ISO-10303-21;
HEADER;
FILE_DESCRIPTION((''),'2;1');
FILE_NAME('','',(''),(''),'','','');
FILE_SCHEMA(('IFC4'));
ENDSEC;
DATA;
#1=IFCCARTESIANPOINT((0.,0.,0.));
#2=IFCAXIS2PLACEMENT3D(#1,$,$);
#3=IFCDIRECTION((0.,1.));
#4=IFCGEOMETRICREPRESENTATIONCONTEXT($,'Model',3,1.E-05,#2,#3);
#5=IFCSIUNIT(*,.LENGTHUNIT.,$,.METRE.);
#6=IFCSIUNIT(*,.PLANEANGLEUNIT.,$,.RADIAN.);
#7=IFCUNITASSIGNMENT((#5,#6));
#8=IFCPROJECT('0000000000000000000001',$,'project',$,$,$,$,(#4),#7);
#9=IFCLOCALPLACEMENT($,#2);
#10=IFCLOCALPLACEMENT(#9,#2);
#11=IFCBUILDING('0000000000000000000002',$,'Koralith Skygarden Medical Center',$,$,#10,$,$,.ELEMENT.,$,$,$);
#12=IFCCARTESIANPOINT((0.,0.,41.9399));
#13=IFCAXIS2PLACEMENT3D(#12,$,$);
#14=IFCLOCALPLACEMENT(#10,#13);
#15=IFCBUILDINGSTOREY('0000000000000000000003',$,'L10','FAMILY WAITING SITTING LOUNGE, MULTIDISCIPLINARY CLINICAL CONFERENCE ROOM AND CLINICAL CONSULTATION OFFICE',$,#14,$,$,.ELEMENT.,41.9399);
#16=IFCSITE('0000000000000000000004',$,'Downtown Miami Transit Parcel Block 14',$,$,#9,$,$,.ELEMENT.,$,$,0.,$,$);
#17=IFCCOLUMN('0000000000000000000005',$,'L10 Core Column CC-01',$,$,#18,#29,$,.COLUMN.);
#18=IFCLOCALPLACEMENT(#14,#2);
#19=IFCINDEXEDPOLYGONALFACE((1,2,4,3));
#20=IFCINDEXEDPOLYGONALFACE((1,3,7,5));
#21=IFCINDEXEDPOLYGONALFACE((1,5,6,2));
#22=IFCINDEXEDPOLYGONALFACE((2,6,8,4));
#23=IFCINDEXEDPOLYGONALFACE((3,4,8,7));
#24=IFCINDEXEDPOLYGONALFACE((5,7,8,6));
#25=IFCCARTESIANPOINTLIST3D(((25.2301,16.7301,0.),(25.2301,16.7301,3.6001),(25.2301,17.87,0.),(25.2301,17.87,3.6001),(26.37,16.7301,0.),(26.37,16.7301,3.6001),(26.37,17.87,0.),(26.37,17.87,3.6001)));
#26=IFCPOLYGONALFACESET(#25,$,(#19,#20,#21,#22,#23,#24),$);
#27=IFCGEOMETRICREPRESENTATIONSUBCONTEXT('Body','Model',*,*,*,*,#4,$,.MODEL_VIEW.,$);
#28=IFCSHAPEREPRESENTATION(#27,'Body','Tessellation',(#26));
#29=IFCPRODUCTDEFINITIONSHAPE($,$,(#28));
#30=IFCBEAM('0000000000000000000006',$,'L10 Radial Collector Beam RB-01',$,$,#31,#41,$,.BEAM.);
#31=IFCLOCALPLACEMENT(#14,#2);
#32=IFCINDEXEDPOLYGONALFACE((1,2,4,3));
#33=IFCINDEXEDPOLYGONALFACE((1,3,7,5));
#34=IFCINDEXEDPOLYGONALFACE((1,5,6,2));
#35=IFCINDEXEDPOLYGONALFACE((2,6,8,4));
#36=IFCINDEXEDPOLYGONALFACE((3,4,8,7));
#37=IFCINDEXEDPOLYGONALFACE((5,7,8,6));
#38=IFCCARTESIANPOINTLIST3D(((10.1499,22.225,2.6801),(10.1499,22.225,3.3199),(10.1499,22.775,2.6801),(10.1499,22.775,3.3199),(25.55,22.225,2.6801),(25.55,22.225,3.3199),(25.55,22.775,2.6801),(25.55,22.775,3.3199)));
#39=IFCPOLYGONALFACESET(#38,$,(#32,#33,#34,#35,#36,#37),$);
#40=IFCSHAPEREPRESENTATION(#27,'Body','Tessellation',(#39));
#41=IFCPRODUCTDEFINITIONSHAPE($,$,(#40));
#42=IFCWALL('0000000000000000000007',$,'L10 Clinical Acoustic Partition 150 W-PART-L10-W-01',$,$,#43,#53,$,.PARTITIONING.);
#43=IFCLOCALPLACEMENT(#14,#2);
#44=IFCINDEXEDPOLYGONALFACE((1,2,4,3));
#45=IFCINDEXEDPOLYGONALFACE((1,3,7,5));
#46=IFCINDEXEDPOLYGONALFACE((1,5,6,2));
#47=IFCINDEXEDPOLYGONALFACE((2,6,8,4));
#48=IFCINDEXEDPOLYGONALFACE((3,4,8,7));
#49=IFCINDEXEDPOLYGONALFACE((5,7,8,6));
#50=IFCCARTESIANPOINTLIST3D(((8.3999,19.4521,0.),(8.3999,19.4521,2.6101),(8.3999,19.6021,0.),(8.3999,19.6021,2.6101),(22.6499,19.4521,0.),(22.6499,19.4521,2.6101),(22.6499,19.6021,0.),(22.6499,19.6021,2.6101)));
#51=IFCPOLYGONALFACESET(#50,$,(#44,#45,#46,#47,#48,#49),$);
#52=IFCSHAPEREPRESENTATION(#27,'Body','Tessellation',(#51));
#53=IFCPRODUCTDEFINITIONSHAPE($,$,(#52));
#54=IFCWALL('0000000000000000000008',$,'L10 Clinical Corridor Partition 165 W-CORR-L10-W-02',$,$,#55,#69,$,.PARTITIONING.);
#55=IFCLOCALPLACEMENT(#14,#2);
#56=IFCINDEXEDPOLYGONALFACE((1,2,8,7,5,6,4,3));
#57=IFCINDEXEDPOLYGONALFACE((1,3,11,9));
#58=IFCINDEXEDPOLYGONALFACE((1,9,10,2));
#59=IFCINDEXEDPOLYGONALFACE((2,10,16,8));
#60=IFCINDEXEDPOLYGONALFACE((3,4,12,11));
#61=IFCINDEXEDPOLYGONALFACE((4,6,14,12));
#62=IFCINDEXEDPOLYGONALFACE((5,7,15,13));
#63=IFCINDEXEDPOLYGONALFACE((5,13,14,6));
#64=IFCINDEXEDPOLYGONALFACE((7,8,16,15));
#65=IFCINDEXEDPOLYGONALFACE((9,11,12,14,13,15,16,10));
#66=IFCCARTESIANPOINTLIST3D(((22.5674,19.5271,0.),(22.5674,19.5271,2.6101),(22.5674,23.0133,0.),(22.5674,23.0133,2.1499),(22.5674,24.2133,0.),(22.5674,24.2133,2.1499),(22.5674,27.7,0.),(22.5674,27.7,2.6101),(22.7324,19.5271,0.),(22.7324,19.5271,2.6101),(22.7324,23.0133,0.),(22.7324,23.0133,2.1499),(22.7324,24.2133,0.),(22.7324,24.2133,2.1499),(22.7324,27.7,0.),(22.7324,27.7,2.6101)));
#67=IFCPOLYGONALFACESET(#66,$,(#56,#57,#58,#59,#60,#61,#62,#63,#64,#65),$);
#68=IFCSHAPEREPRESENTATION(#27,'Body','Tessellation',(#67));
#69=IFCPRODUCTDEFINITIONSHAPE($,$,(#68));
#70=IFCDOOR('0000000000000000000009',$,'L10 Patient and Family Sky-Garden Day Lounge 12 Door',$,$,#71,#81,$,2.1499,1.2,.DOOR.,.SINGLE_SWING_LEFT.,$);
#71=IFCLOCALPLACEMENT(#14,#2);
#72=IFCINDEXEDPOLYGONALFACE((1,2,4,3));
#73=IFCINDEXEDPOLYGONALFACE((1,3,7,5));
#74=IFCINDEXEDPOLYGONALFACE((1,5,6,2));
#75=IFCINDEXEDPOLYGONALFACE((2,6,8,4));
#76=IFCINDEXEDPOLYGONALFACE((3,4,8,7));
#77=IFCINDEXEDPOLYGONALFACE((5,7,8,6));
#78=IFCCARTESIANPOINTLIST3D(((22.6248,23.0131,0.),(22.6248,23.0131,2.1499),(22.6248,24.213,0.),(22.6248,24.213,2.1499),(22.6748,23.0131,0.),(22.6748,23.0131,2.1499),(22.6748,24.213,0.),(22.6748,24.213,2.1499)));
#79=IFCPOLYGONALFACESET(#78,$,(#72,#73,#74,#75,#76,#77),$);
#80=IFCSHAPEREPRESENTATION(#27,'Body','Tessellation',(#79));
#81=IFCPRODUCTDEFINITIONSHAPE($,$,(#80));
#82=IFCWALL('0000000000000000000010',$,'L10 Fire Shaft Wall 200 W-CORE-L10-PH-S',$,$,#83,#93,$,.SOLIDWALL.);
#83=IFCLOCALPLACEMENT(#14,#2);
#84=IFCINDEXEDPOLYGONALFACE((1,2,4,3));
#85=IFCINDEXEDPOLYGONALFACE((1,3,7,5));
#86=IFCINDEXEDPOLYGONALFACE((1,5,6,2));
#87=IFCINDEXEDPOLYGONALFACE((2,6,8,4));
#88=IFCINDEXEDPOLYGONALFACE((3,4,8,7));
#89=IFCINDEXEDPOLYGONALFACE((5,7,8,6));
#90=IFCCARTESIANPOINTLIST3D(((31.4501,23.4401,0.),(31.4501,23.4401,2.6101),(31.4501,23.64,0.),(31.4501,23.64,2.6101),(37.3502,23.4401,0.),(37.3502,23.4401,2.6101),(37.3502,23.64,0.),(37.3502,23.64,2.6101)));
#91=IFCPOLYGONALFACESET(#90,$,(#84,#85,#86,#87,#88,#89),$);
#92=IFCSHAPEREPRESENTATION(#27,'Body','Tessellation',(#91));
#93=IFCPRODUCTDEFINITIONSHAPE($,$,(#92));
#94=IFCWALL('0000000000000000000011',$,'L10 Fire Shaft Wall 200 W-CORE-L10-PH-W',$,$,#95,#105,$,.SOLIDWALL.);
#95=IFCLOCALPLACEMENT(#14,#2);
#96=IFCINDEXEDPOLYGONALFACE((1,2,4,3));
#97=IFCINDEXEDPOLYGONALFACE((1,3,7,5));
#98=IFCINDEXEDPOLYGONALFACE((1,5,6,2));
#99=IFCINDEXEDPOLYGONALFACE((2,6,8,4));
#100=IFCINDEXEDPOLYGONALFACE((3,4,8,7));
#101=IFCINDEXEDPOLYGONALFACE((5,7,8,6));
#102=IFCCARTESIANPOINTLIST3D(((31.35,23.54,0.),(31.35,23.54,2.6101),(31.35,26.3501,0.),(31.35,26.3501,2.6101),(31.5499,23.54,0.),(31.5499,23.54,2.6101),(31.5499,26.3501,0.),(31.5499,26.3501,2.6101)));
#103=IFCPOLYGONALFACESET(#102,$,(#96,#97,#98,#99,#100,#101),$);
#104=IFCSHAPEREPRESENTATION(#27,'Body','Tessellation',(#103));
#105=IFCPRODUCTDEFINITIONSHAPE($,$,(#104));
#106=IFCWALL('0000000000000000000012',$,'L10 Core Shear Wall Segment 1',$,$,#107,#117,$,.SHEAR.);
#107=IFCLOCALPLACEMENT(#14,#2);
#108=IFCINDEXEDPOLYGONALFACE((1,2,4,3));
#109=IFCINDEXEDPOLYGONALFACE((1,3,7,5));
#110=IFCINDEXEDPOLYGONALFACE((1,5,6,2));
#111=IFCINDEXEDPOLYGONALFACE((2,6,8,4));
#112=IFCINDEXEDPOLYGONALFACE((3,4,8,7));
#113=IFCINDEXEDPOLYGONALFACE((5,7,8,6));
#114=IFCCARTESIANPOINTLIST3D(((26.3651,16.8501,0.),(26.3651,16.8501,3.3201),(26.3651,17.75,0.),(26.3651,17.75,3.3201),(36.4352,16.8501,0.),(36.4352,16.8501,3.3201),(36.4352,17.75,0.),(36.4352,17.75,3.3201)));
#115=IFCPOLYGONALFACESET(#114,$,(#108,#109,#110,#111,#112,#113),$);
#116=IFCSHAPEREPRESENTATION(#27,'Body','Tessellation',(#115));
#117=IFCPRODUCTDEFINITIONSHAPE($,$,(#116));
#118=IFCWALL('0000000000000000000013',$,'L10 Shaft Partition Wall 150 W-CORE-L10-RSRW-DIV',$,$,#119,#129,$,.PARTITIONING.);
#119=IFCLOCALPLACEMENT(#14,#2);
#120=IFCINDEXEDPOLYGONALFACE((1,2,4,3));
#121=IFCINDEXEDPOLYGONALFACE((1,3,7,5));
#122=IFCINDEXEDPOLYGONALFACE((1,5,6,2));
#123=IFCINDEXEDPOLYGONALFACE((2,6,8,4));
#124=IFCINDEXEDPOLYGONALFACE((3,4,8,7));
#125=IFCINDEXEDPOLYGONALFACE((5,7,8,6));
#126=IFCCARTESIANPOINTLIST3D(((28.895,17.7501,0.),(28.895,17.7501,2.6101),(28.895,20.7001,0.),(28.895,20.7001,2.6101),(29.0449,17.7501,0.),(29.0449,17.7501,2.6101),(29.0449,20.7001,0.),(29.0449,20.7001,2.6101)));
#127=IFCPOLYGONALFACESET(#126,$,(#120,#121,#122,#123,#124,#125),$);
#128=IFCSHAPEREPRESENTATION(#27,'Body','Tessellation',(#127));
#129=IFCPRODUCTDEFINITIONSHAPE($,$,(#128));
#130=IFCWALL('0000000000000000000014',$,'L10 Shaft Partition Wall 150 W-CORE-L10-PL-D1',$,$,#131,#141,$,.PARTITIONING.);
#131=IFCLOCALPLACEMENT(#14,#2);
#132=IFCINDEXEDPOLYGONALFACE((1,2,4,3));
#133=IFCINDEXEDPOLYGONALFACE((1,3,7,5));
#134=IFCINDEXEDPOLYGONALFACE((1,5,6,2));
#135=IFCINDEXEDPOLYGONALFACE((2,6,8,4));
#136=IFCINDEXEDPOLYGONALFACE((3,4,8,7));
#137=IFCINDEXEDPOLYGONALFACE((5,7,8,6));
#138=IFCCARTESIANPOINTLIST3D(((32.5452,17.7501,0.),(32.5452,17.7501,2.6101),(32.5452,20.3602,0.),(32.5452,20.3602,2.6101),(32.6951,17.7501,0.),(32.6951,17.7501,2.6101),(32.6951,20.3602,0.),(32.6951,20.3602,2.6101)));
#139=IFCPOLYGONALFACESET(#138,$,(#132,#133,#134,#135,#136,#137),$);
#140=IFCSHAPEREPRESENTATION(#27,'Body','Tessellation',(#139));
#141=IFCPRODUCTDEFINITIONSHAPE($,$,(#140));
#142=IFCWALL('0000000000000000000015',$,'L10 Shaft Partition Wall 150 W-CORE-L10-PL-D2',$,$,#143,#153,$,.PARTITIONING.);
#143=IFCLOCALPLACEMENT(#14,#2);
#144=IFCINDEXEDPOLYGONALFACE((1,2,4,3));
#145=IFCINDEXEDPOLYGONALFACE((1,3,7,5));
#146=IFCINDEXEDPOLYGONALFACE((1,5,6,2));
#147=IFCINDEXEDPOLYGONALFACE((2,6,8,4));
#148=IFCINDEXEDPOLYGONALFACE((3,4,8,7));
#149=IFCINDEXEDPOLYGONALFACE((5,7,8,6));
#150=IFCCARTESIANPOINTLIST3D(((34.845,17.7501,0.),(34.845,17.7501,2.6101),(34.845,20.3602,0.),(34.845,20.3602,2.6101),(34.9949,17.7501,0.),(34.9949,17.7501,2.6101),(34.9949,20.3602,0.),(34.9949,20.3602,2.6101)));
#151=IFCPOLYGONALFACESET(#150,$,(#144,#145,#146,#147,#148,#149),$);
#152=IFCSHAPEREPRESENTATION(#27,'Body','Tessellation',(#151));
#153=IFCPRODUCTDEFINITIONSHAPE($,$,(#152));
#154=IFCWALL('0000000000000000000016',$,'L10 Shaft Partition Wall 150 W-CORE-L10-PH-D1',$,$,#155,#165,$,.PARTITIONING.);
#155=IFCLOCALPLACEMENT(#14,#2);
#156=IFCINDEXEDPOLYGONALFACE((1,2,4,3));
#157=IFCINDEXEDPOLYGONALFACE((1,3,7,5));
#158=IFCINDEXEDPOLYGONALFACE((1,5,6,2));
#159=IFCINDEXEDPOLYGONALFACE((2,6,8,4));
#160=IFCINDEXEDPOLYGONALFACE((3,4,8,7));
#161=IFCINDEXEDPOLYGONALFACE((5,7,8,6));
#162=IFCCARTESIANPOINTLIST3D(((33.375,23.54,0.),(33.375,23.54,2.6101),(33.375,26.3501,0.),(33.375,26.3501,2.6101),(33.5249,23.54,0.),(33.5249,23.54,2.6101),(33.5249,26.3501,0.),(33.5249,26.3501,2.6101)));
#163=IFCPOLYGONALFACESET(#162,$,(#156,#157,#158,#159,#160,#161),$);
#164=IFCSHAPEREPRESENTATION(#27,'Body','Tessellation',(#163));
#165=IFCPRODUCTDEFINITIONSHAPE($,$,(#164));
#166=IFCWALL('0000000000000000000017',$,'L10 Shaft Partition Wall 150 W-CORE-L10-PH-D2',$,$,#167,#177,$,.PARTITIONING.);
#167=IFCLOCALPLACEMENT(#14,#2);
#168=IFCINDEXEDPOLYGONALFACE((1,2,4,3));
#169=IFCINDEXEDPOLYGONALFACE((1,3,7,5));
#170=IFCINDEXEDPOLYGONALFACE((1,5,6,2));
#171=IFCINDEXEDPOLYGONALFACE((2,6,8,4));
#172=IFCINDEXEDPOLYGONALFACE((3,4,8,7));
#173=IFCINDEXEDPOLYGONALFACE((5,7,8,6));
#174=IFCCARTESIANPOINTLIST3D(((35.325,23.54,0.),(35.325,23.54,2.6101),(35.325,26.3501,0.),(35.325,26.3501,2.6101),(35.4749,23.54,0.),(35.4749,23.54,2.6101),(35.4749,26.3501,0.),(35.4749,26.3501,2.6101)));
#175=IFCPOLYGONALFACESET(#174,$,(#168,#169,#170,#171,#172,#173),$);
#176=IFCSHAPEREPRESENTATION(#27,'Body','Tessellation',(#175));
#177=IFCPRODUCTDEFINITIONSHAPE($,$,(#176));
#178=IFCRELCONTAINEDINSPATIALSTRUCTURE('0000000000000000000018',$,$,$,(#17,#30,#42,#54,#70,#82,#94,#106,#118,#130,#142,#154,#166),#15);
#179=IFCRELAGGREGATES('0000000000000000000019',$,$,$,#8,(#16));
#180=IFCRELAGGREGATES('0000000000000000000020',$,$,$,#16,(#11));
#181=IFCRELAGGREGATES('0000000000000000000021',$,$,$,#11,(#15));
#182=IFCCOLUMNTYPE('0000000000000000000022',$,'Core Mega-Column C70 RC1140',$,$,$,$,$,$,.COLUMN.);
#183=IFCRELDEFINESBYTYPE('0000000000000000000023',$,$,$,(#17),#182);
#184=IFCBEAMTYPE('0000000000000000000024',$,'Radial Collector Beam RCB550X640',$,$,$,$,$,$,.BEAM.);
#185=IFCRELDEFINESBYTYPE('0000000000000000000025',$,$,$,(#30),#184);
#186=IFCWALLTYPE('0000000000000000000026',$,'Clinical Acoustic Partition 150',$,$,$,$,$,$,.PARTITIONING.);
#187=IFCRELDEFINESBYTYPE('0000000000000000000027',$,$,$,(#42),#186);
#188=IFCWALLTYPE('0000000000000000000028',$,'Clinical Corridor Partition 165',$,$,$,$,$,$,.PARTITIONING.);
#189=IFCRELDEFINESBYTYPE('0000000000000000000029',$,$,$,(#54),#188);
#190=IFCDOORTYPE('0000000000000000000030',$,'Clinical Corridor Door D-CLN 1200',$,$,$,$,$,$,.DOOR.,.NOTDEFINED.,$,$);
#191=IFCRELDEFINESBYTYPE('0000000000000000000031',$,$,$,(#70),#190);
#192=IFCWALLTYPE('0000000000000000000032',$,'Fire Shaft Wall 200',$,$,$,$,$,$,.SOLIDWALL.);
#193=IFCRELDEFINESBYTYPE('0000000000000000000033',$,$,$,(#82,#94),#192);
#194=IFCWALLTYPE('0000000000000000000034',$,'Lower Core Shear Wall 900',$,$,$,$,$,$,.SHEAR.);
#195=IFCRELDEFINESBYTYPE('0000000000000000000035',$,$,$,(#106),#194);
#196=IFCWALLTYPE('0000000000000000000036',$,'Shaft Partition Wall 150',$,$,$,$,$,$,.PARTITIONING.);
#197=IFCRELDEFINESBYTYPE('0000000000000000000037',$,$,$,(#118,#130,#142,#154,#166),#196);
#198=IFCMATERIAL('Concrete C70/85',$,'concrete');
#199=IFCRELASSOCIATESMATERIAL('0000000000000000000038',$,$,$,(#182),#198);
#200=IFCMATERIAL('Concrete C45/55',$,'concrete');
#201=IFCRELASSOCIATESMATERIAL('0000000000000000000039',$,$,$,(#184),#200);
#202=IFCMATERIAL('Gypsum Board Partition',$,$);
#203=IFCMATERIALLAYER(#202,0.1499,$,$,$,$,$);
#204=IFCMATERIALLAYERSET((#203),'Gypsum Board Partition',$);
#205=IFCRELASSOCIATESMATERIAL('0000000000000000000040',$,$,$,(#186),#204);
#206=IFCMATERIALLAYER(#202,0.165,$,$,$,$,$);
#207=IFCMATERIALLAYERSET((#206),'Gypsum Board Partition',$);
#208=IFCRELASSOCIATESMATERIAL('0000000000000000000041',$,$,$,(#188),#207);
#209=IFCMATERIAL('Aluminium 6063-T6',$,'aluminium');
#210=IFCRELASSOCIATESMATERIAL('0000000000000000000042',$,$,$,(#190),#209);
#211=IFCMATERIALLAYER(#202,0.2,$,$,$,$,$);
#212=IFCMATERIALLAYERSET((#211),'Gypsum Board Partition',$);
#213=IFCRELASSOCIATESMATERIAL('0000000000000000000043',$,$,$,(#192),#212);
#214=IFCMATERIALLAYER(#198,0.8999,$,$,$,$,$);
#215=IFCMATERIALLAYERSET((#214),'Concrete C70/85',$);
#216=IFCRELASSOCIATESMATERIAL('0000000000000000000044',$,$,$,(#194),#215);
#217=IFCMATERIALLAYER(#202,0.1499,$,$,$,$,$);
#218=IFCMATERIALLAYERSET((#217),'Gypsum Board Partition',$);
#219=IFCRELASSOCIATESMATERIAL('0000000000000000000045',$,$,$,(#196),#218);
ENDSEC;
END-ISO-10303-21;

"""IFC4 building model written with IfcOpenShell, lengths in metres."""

from ifc_helpers import new_model, si_unit, direction, frame, frame_2d, origin, origin_2d, place, context, subcontext, project, spatial, rectangle, extrude, material, layer, layer_set, material_profile, profile_set, type_object, element, fill, save


model = new_model("IFC4")

# Units and contexts
model_context = context("Model", 3, precision=1e-05, world=origin(), true_north=direction((0.0, 1.0)))
body_context = subcontext(model_context, "Body", "Model", "MODEL_VIEW")
ifc_project = project(units=[si_unit("LENGTHUNIT", "METRE"), si_unit("PLANEANGLEUNIT", "RADIAN")], contexts=[model_context])

# Site, building, storey
site_placement = place(None, origin())
site = spatial("IfcSite", under=ifc_project, at=site_placement, Name="Downtown Miami Transit Parcel Block 14", CompositionType="ELEMENT", RefElevation=0.0)
building_placement = place(site_placement, origin())
building = spatial("IfcBuilding", under=site, at=building_placement, Name="Koralith Skygarden Medical Center", CompositionType="ELEMENT")
storey_placement = place(building_placement, frame((0.0, 0.0, 41.9399)))
storey = spatial("IfcBuildingStorey", under=building, at=storey_placement, Name="L10", Description="FAMILY WAITING SITTING LOUNGE, MULTIDISCIPLINARY CLINICAL CONFERENCE ROOM AND CLINICAL CONSULTATION OFFICE", CompositionType="ELEMENT", Elevation=41.9399)

# Column
ifc_material_1 = material(Name="Concrete C70/85", Category="concrete")
ifc_material_profile_1 = material_profile(ifc_material_1, rectangle(XDim=1.1399, YDim=1.1399, at=origin_2d()), Name="RC1140X1140")
ifc_profile_set_1 = profile_set([ifc_material_profile_1], Name="Concrete C70/85")
column_type = type_object("IfcColumnType", Name="Core Mega-Column C70 RC1140", PredefinedType="COLUMN", material=ifc_profile_set_1)
column_placement = place(storey_placement, frame((25.8, 17.3, 0.0), z_axis=(0.0, 0.0, 1.0), x_axis=(1.0, 0.0, 0.0)))
element("IfcColumn", 1, at=column_placement, inside=storey, type_object=column_type, Name="L10 Core Column CC-01", PredefinedType="COLUMN", context=body_context, shape_type="SweptSolid", body=[
    extrude(rectangle(XDim=1.1399, YDim=1.1399, at=origin_2d()), origin(), (0.0, 0.0, 1.0), 3.6001),
])

# Beam
ifc_material_2 = material(Name="Concrete C45/55", Category="concrete")
ifc_material_profile_2 = material_profile(ifc_material_2, rectangle(XDim=0.55, YDim=0.6399, at=origin_2d()), Name="RCB550X640")
ifc_profile_set_2 = profile_set([ifc_material_profile_2], Name="Concrete C45/55")
beam_type = type_object("IfcBeamType", Name="Radial Collector Beam RCB550X640", PredefinedType="BEAM", material=ifc_profile_set_2)
beam_placement = place(storey_placement, frame((25.55, 22.5, 3.0), z_axis=(-1.0, 0.0, 0.0), x_axis=(0.0, -1.0, 0.0)))
element("IfcBeam", 2, at=beam_placement, inside=storey, type_object=beam_type, Name="L10 Radial Collector Beam RB-01", PredefinedType="BEAM", context=body_context, shape_type="SweptSolid", body=[
    extrude(rectangle(XDim=0.55, YDim=0.6399, at=origin_2d()), origin(), (0.0, 0.0, 1.0), 15.4001),
])

# Wall
ifc_material_3 = material(Name="Gypsum Board Partition")
ifc_layer_1 = layer(ifc_material_3, 0.1499)
ifc_layer_set_1 = layer_set([ifc_layer_1], Name="Gypsum Board Partition")
wall_type_1 = type_object("IfcWallType", Name="Clinical Acoustic Partition 150", PredefinedType="PARTITIONING", material=ifc_layer_set_1)
wall_1_placement = place(storey_placement, frame((22.6499, 19.5271, 0.0), z_axis=(0.0, 0.0, 1.0), x_axis=(-1.0, 0.0, 0.0)))
element("IfcWall", 3, at=wall_1_placement, inside=storey, type_object=wall_type_1, Name="L10 Clinical Acoustic Partition 150 W-PART-L10-W-01", PredefinedType="PARTITIONING", context=body_context, shape_type="SweptSolid", body=[
    extrude(rectangle(XDim=14.25, YDim=0.1499, at=frame_2d((7.125, 0.0))), origin(), (0.0, 0.0, 1.0), 2.6101),
])

# Wall, opening, door
ifc_layer_2 = layer(ifc_material_3, 0.165)
ifc_layer_set_2 = layer_set([ifc_layer_2], Name="Gypsum Board Partition")
wall_type_2 = type_object("IfcWallType", Name="Clinical Corridor Partition 165", PredefinedType="PARTITIONING", material=ifc_layer_set_2)
wall_2_placement = place(storey_placement, frame((22.6499, 19.5271, 0.0), z_axis=(0.0, 0.0, 1.0), x_axis=(0.0, 1.0, 0.0)))
wall_2 = element("IfcWall", 4, at=wall_2_placement, inside=storey, type_object=wall_type_2, Name="L10 Clinical Corridor Partition 165 W-CORR-L10-W-02", PredefinedType="PARTITIONING", context=body_context, shape_type="SweptSolid", body=[
    extrude(rectangle(XDim=8.1729, YDim=0.165, at=frame_2d((4.0864, 0.0))), origin(), (0.0, 0.0, 1.0), 2.6101),
])
opening_1_placement = place(wall_2_placement, frame((3.4861, 0.0, 0.0)))
opening_1 = element("IfcOpeningElement", 5, at=opening_1_placement, cuts=wall_2, PredefinedType="OPENING", context=body_context, shape_type="SweptSolid", body=[
    extrude(rectangle(XDim=1.2, YDim=2.1499, at=frame_2d((0.6001, 1.075))), frame((0.0, 0.0925, 0.0), z_axis=(0.0, -1.0, 0.0), x_axis=(1.0, 0.0, 0.0)), (0.0, 0.0, 1.0), 0.1851),
])
ifc_material_4 = material(Name="Aluminium 6063-T6", Category="aluminium")
door_type_1 = type_object("IfcDoorType", Name="Clinical Corridor Door D-CLN 1200", OperationType="NOTDEFINED", PredefinedType="DOOR", material=ifc_material_4)
door_1_placement = place(opening_1_placement, frame((1.2, 0.0, 0.0), z_axis=(0.0, 0.0, 1.0), x_axis=(-1.0, 0.0, 0.0)))
door_1 = element("IfcDoor", 6, at=door_1_placement, inside=storey, type_object=door_type_1, Name="L10 Patient and Family Sky-Garden Day Lounge 12 Door", OperationType="SINGLE_SWING_LEFT", OverallHeight=2.1499, OverallWidth=1.2, PredefinedType="DOOR", context=body_context, shape_type="SweptSolid", body=[
    extrude(rectangle(XDim=1.2, YDim=2.1499, at=frame_2d((0.6001, 1.075))), frame((0.0, 0.0249, 0.0), z_axis=(0.0, -1.0, 0.0), x_axis=(1.0, 0.0, 0.0)), (0.0, 0.0, 1.0), 0.05),
])
fill(opening_1, door_1)
ifc_layer_3 = layer(ifc_material_3, 0.2)
ifc_layer_set_3 = layer_set([ifc_layer_3], Name="Gypsum Board Partition")
wall_type_3 = type_object("IfcWallType", Name="Fire Shaft Wall 200", PredefinedType="SOLIDWALL", material=ifc_layer_set_3)

# Walls
wall_3_placement = place(storey_placement, frame((31.45, 23.54, 0.0), z_axis=(0.0, 0.0, 1.0), x_axis=(1.0, 0.0, 0.0)))
element("IfcWall", 7, at=wall_3_placement, inside=storey, type_object=wall_type_3, Name="L10 Fire Shaft Wall 200 W-CORE-L10-PH-S", PredefinedType="SOLIDWALL", context=body_context, shape_type="SweptSolid", body=[
    extrude(rectangle(XDim=5.9001, YDim=0.2, at=frame_2d((2.9502, 0.0))), origin(), (0.0, 0.0, 1.0), 2.6101),
])
wall_4_placement = place(storey_placement, frame((31.45, 23.54, 0.0), z_axis=(0.0, 0.0, 1.0), x_axis=(0.0, 1.0, 0.0)))
element("IfcWall", 8, at=wall_4_placement, inside=storey, type_object=wall_type_3, Name="L10 Fire Shaft Wall 200 W-CORE-L10-PH-W", PredefinedType="SOLIDWALL", context=body_context, shape_type="SweptSolid", body=[
    extrude(rectangle(XDim=2.8101, YDim=0.2, at=frame_2d((1.405, 0.0))), origin(), (0.0, 0.0, 1.0), 2.6101),
])
ifc_layer_4 = layer(ifc_material_1, 0.8999)
ifc_layer_set_4 = layer_set([ifc_layer_4], Name="Concrete C70/85")
wall_type_4 = type_object("IfcWallType", Name="Lower Core Shear Wall 900", PredefinedType="SHEAR", material=ifc_layer_set_4)
wall_5_placement = place(storey_placement, frame((26.365, 17.3, 0.0), z_axis=(0.0, 0.0, 1.0), x_axis=(1.0, 0.0, 0.0)))
element("IfcWall", 9, at=wall_5_placement, inside=storey, type_object=wall_type_4, Name="L10 Core Shear Wall Segment 1", PredefinedType="SHEAR", context=body_context, shape_type="SweptSolid", body=[
    extrude(rectangle(XDim=10.0701, YDim=0.8999, at=frame_2d((5.0352, 0.0))), origin(), (0.0, 0.0, 1.0), 3.3201),
])

# Walls
ifc_layer_5 = layer(ifc_material_3, 0.1499)
ifc_layer_set_5 = layer_set([ifc_layer_5], Name="Gypsum Board Partition")
wall_type_5 = type_object("IfcWallType", Name="Shaft Partition Wall 150", PredefinedType="PARTITIONING", material=ifc_layer_set_5)
wall_6_placement = place(storey_placement, frame((28.97, 17.75, 0.0), z_axis=(0.0, 0.0, 1.0), x_axis=(0.0, 1.0, 0.0)))
element("IfcWall", 10, at=wall_6_placement, inside=storey, type_object=wall_type_5, Name="L10 Shaft Partition Wall 150 W-CORE-L10-RSRW-DIV", PredefinedType="PARTITIONING", context=body_context, shape_type="SweptSolid", body=[
    extrude(rectangle(XDim=2.95, YDim=0.1499, at=frame_2d((1.4751, 0.0))), origin(), (0.0, 0.0, 1.0), 2.6101),
])
for number, where, z_axis, x_axis, name in (
    (11, (32.6201, 17.75, 0.0), (0.0, 0.0, 1.0), (0.0, 1.0, 0.0), "L10 Shaft Partition Wall 150 W-CORE-L10-PL-D1"),
    (12, (34.9199, 17.75, 0.0), (0.0, 0.0, 1.0), (0.0, 1.0, 0.0), "L10 Shaft Partition Wall 150 W-CORE-L10-PL-D2"),
):
    element("IfcWall", number, at=place(storey_placement, frame(where, z_axis=z_axis, x_axis=x_axis)), inside=storey, type_object=wall_type_5, Name=name, PredefinedType="PARTITIONING", context=body_context, shape_type="SweptSolid", body=[
        extrude(rectangle(XDim=2.6101, YDim=0.1499, at=frame_2d((1.3052, 0.0))), origin(), (0.0, 0.0, 1.0), 2.6101),
    ])
for number, where, z_axis, x_axis, name in (
    (13, (33.45, 23.54, 0.0), (0.0, 0.0, 1.0), (0.0, 1.0, 0.0), "L10 Shaft Partition Wall 150 W-CORE-L10-PH-D1"),
    (14, (35.3999, 23.54, 0.0), (0.0, 0.0, 1.0), (0.0, 1.0, 0.0), "L10 Shaft Partition Wall 150 W-CORE-L10-PH-D2"),
):
    element("IfcWall", number, at=place(storey_placement, frame(where, z_axis=z_axis, x_axis=x_axis)), inside=storey, type_object=wall_type_5, Name=name, PredefinedType="PARTITIONING", context=body_context, shape_type="SweptSolid", body=[
        extrude(rectangle(XDim=2.8101, YDim=0.1499, at=frame_2d((1.405, 0.0))), origin(), (0.0, 0.0, 1.0), 2.6101),
    ])

save(model, "model.ifc")
